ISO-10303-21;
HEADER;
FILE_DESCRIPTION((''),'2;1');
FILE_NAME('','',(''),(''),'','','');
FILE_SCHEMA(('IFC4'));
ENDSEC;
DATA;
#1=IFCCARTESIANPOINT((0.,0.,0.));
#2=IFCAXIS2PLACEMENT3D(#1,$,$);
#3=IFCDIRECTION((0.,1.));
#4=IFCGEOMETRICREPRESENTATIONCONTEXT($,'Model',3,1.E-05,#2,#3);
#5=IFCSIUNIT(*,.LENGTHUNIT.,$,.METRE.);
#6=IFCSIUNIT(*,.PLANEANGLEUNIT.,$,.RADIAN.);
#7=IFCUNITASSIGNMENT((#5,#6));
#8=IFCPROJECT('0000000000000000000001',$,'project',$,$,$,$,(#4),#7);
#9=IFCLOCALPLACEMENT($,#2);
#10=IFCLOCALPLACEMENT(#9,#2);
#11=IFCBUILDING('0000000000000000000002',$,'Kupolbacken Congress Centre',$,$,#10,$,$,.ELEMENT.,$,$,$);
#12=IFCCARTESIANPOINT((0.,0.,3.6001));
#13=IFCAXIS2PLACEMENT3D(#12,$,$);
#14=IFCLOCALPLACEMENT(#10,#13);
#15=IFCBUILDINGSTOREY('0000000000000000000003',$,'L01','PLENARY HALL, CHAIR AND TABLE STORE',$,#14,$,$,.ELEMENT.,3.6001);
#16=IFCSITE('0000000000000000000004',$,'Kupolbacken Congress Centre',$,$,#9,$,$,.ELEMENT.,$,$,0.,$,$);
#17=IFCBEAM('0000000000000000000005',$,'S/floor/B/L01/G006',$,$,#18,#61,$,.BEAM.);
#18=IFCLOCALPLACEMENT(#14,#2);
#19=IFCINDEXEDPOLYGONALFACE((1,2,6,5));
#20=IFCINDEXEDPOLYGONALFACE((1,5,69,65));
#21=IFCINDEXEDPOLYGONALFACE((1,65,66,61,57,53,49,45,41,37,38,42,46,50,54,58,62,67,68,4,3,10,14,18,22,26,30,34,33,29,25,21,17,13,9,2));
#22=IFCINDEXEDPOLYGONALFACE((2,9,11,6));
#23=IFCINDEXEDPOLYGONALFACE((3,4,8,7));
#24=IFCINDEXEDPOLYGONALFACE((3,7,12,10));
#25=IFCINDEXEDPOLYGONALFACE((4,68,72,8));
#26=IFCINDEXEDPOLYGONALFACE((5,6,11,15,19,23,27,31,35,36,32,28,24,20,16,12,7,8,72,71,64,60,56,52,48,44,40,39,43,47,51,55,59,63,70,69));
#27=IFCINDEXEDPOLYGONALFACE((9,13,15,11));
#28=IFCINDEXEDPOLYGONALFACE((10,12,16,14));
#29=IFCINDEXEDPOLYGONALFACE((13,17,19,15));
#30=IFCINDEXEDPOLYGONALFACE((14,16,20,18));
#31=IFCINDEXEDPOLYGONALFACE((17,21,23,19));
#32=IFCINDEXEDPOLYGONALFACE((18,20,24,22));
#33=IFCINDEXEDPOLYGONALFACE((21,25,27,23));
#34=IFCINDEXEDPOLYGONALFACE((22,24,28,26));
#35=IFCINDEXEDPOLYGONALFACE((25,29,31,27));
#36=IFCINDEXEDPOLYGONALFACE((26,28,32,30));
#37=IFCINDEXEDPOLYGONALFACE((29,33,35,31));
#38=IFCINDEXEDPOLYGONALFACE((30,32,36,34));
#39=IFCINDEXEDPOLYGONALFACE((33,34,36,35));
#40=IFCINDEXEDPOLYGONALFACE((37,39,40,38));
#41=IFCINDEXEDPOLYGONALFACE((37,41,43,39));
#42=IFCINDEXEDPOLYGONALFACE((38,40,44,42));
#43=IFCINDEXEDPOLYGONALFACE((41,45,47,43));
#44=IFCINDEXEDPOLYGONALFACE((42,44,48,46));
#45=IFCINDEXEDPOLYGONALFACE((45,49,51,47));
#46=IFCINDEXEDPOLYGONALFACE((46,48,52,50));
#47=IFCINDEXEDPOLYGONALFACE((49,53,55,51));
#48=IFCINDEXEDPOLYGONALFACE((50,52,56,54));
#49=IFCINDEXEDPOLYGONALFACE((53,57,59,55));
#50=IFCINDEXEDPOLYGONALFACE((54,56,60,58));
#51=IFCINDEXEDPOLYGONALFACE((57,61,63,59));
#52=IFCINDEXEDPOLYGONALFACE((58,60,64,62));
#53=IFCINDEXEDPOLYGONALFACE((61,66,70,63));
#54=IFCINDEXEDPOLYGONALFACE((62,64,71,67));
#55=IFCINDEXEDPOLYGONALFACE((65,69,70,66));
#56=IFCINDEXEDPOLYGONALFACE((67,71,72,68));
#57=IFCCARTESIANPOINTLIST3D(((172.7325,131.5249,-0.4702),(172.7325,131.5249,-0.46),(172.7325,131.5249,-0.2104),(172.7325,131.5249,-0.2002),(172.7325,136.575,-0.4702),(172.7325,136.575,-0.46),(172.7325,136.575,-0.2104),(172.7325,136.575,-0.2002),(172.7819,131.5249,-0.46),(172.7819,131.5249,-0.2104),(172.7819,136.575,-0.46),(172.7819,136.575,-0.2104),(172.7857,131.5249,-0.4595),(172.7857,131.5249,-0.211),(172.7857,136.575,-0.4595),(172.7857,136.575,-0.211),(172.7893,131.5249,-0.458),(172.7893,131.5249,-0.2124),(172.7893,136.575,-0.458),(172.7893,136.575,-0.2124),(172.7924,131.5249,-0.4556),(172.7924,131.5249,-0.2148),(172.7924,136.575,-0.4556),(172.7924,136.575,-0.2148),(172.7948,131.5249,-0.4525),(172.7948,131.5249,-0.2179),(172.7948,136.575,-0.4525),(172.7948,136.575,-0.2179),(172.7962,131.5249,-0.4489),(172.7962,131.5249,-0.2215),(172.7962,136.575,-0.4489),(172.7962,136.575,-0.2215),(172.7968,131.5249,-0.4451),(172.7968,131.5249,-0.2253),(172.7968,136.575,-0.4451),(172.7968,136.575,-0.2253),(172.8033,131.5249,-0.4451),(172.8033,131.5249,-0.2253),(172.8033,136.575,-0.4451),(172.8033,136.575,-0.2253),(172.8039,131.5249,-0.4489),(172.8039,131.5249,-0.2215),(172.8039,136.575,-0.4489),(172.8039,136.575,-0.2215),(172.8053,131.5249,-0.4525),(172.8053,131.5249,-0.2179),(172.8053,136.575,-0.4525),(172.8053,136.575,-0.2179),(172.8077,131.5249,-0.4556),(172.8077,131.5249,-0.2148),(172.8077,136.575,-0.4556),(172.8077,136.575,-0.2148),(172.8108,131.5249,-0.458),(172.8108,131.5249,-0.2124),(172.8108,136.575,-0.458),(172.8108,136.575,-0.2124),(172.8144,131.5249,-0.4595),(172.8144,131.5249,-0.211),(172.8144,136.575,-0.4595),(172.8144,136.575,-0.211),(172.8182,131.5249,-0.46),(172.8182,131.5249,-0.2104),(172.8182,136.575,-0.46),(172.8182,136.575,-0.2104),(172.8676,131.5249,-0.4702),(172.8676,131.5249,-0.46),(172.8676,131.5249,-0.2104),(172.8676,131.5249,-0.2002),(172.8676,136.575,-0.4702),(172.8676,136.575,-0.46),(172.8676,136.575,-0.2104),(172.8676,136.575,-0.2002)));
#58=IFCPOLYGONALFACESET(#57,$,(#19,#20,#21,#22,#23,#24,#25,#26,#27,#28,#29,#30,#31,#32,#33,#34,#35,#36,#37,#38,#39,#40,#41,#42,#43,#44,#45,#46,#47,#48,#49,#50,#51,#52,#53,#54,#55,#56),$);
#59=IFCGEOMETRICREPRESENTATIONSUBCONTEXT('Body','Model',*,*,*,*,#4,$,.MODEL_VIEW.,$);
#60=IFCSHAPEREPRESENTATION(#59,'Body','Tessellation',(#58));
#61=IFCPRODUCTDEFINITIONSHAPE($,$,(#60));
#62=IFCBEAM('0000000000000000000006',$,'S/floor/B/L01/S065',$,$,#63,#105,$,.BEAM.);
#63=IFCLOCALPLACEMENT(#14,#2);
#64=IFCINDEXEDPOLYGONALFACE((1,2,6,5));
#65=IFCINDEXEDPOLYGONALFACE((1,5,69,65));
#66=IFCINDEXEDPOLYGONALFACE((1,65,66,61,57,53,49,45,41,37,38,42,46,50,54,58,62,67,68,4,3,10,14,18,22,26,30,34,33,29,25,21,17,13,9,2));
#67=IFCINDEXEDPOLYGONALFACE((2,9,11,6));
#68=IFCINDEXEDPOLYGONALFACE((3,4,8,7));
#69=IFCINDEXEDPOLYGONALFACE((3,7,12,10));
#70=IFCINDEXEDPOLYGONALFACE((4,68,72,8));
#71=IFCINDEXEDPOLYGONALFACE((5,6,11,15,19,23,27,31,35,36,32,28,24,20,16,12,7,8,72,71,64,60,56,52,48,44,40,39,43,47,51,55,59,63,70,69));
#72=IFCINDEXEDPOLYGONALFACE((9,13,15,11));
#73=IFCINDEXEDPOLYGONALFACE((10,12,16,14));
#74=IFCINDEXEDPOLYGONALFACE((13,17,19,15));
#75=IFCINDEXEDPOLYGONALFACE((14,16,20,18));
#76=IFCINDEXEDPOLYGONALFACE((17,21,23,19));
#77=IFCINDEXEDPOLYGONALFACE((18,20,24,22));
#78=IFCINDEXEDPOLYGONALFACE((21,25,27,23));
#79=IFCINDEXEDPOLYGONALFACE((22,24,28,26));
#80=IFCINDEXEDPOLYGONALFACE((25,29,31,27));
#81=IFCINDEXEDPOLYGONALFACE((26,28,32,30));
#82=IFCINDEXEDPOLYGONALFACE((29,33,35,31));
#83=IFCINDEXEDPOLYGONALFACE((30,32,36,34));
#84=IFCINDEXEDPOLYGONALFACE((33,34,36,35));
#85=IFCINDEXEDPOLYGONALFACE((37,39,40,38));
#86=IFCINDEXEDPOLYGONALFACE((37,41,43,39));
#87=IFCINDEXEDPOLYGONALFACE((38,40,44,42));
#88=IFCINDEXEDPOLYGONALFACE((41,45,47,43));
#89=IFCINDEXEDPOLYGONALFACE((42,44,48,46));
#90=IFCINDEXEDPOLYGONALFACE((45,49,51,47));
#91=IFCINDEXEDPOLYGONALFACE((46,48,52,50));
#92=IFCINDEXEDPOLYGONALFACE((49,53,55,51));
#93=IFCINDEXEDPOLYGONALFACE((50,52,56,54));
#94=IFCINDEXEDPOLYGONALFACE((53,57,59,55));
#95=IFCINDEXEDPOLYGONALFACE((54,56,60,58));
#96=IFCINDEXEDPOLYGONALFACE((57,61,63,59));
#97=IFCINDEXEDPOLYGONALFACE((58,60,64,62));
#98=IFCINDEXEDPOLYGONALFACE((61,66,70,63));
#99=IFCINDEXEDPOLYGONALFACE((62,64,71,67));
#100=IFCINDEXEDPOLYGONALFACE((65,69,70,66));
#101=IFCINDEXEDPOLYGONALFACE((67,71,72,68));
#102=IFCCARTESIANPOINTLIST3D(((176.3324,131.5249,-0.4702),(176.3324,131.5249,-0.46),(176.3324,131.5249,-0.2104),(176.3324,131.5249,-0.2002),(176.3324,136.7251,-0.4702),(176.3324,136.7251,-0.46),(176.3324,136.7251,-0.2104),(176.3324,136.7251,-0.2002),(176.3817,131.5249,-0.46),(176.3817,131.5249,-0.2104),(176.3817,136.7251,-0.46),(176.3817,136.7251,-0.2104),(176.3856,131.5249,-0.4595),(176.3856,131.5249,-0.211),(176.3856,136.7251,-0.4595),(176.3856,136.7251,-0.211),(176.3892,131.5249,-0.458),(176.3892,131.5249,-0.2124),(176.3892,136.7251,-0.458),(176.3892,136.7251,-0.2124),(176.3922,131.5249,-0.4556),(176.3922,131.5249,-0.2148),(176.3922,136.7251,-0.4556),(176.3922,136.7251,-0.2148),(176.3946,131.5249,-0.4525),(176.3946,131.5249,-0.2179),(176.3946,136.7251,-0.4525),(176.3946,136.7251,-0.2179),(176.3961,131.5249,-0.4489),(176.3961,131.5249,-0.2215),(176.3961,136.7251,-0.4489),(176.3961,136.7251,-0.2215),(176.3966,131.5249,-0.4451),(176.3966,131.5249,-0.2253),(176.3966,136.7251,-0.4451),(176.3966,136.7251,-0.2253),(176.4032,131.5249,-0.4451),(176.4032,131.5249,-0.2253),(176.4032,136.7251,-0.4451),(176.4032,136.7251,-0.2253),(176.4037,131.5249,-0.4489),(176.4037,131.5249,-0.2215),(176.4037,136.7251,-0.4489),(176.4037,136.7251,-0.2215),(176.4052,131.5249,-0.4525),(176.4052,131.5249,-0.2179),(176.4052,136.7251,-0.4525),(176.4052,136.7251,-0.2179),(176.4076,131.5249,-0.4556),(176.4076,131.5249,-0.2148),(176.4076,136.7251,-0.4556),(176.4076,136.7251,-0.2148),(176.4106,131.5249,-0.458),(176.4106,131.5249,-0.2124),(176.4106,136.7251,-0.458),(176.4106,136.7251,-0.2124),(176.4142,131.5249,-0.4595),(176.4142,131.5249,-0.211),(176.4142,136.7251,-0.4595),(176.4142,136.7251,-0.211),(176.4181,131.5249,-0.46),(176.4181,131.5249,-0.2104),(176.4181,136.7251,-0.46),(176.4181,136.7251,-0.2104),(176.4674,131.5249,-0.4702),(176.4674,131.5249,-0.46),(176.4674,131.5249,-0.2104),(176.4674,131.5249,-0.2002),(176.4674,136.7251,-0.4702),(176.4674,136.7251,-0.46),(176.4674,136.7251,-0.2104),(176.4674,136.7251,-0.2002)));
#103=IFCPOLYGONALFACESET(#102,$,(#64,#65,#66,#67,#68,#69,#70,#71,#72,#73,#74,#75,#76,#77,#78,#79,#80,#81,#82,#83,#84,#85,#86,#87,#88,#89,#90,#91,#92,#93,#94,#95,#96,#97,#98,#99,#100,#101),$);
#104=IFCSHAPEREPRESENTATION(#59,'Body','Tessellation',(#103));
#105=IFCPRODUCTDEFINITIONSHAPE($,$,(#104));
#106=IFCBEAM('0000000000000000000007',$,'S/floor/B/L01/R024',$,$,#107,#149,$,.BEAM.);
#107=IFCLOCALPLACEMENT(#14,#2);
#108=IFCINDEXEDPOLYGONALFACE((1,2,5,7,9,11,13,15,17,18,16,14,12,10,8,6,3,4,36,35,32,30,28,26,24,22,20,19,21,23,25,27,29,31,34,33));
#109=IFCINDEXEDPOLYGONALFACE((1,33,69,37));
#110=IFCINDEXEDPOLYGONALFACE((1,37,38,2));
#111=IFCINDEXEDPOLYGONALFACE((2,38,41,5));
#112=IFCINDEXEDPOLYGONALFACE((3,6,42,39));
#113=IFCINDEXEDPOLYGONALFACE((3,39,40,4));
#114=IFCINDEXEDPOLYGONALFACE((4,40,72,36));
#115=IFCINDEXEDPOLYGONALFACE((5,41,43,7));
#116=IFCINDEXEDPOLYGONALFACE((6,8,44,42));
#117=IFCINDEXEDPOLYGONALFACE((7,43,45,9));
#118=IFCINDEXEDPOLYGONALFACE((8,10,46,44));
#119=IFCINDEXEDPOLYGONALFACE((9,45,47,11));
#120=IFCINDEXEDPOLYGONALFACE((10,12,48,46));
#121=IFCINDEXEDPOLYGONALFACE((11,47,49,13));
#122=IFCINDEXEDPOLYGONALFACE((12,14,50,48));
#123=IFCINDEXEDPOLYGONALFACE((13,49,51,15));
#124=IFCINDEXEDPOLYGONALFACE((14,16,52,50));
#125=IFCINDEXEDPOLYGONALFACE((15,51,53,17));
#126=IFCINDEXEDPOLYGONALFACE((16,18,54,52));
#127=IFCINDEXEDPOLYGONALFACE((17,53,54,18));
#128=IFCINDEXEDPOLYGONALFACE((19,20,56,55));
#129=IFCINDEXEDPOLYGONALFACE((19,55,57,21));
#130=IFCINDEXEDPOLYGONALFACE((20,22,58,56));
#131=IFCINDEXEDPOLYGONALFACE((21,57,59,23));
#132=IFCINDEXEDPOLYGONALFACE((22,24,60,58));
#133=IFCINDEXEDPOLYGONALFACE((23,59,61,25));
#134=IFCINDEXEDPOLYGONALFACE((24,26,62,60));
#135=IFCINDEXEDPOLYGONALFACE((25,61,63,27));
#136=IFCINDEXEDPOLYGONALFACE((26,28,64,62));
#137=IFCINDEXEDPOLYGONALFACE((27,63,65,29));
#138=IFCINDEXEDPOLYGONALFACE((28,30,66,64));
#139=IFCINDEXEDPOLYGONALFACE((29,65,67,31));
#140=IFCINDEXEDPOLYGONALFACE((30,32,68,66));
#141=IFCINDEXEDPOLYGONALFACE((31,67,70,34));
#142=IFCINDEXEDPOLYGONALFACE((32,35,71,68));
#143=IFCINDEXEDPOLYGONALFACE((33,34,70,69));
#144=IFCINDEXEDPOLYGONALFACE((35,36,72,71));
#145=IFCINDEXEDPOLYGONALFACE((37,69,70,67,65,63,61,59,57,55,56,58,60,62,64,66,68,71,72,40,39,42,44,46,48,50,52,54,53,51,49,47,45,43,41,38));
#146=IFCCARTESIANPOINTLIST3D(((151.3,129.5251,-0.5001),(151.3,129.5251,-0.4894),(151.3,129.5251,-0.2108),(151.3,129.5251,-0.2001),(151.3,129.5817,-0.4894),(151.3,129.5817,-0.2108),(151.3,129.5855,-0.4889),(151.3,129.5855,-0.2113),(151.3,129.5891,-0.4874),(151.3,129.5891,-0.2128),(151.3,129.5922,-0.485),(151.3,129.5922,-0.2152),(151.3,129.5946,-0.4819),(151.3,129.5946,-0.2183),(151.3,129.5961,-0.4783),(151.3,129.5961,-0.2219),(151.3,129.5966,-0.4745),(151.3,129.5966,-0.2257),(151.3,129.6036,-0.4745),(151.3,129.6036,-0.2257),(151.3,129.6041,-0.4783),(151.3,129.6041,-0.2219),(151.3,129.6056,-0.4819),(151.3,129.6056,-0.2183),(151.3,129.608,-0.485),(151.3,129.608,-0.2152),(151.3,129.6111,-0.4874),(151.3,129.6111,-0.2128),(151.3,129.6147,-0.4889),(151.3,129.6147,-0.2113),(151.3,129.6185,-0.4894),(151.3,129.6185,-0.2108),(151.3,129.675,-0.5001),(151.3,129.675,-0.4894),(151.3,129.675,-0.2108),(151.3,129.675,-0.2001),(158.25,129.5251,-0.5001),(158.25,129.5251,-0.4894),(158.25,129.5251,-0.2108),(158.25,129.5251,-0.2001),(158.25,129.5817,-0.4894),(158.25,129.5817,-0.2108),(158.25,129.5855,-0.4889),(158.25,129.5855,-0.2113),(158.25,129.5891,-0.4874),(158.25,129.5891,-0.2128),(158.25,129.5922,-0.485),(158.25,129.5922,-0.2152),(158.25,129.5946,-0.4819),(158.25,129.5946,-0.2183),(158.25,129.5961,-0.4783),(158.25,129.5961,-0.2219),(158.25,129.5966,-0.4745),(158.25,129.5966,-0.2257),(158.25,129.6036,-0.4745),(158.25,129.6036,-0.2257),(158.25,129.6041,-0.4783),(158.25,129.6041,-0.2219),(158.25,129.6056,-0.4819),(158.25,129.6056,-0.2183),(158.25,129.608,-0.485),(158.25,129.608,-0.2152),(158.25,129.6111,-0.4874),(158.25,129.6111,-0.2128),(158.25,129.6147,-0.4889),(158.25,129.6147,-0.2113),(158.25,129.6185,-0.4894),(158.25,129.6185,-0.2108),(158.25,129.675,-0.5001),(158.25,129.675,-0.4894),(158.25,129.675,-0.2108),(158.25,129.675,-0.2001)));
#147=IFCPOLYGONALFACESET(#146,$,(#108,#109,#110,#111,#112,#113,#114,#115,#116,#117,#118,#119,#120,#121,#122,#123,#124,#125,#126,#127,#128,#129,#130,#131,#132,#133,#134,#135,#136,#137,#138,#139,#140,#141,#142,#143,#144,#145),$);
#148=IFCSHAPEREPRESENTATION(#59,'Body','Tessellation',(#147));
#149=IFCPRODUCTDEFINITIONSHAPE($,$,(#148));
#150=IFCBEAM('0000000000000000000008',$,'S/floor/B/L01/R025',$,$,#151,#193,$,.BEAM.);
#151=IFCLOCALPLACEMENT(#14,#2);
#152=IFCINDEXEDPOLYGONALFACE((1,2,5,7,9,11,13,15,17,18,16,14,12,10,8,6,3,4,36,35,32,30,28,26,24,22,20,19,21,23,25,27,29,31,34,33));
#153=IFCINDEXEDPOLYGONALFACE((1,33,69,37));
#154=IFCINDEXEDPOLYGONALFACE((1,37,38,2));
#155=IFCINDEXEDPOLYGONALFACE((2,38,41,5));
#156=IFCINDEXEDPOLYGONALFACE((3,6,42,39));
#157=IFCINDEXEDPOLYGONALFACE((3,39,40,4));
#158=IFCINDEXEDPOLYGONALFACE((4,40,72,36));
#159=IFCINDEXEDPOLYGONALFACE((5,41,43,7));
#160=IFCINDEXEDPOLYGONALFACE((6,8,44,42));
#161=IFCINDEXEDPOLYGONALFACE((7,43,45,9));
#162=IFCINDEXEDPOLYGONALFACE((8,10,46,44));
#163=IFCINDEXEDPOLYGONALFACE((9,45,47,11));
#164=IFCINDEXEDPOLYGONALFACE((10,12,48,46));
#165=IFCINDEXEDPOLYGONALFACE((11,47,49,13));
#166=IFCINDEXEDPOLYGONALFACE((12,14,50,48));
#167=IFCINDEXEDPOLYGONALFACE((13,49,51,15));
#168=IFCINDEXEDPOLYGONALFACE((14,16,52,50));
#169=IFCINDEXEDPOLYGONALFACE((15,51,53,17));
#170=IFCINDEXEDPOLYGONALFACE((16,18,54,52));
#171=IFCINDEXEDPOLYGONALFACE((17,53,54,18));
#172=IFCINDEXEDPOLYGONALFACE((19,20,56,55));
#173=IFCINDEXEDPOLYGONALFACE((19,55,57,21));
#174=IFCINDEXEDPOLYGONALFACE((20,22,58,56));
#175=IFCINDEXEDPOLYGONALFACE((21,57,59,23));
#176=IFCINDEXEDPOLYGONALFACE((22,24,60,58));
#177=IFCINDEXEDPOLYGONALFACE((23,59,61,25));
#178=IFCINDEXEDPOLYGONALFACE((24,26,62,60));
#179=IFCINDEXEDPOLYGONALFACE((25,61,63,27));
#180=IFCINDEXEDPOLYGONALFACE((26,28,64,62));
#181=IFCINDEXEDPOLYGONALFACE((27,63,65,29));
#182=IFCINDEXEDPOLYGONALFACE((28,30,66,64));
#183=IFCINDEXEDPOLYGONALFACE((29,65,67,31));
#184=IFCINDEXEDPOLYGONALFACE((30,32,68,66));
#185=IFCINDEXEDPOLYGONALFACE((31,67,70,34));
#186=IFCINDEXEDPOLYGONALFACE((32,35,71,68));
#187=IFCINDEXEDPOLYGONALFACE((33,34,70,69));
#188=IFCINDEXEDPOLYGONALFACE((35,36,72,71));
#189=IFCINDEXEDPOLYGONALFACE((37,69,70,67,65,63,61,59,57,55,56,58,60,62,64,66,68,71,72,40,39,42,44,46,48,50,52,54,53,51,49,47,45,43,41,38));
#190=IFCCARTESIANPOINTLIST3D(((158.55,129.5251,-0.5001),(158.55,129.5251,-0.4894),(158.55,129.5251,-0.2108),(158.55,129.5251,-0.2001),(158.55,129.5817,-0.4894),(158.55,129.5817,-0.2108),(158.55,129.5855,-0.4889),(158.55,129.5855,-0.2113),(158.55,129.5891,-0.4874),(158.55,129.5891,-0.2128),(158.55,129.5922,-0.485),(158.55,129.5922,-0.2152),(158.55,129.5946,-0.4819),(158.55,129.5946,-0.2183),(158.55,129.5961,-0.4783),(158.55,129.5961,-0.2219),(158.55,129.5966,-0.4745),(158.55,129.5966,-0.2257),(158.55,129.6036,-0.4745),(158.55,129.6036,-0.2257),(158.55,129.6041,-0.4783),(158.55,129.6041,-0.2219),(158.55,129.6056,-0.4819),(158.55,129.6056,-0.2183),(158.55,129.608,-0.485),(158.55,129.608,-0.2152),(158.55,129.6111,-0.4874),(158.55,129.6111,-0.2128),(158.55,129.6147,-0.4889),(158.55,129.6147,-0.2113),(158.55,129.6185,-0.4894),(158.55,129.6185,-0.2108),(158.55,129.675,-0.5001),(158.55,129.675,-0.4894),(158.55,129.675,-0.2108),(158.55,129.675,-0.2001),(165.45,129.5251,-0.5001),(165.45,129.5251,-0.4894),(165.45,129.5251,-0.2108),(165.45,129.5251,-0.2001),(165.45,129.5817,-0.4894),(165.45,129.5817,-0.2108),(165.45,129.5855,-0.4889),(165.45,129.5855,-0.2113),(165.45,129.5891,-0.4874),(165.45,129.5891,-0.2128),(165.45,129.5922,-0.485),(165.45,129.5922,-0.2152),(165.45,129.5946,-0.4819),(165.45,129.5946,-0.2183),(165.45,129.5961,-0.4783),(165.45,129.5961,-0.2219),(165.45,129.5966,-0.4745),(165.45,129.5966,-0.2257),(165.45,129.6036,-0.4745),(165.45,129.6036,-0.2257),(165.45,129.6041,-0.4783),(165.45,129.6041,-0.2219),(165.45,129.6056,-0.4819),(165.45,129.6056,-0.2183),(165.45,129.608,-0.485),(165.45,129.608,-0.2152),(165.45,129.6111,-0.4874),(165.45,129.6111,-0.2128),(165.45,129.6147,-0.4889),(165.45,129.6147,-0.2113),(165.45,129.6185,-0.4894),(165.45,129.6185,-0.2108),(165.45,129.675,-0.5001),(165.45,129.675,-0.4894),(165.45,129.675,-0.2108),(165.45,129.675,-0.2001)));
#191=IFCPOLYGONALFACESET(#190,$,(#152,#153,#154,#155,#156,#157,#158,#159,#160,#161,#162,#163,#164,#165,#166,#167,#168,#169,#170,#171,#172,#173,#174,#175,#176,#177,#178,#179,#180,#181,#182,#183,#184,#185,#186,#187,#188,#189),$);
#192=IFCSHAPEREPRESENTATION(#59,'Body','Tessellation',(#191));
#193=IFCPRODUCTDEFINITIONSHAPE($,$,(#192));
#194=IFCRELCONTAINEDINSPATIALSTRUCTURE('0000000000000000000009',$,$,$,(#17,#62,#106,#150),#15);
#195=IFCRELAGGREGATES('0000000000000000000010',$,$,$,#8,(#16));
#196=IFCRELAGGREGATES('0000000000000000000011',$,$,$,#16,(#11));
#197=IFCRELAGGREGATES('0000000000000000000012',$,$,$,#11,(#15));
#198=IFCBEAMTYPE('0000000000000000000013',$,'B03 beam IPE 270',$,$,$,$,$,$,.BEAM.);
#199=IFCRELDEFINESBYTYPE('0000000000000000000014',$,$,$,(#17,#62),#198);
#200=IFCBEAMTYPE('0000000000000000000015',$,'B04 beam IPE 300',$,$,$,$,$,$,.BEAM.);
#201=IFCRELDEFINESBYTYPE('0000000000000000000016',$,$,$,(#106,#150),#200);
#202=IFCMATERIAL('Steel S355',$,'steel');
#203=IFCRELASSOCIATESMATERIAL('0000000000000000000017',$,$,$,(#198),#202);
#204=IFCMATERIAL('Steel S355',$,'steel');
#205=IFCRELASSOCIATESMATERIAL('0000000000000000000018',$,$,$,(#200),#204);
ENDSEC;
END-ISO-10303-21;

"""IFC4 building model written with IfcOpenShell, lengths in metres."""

from ifc_helpers import new_model, si_unit, direction, frame, origin, origin_2d, place, context, subcontext, project, spatial, i_section, extrude, material, material_profile, profile_set, type_object, element, save


model = new_model("IFC4")

# Units and contexts
model_context = context("Model", 3, precision=1e-05, world=origin(), true_north=direction((0.0, 1.0)))
body_context = subcontext(model_context, "Body", "Model", "MODEL_VIEW")
ifc_project = project(units=[si_unit("LENGTHUNIT", "METRE"), si_unit("PLANEANGLEUNIT", "RADIAN")], contexts=[model_context])

# Site, building, storey
site_placement = place(None, origin())
site = spatial("IfcSite", under=ifc_project, at=site_placement, Name="Kupolbacken Congress Centre", CompositionType="ELEMENT", RefElevation=0.0)
building_placement = place(site_placement, origin())
building = spatial("IfcBuilding", under=site, at=building_placement, Name="Kupolbacken Congress Centre", CompositionType="ELEMENT")
storey_placement = place(building_placement, frame((0.0, 0.0, 3.6001)))
storey = spatial("IfcBuildingStorey", under=building, at=storey_placement, Name="L01", Description="PLENARY HALL, CHAIR AND TABLE STORE", CompositionType="ELEMENT", Elevation=3.6001)

# Beams
ifc_material_1 = material(Name="Steel S355", Category="steel")
ifc_material_profile_1 = material_profile(ifc_material_1, i_section(OverallWidth=0.135, OverallDepth=0.27, WebThickness=0.0066, FlangeThickness=0.0103, FilletRadius=0.0149, at=origin_2d()), Name="IPE 270")
ifc_profile_set_1 = profile_set([ifc_material_profile_1], Name="Steel S355")
beam_type_1 = type_object("IfcBeamType", Name="B03 beam IPE 270", PredefinedType="BEAM", material=ifc_profile_set_1)
beam_1_placement = place(storey_placement, frame((172.8, 131.5249, -0.3352), z_axis=(0.0, 1.0, 0.0), x_axis=(-1.0, 0.0, 0.0)))
element("IfcBeam", 1, at=beam_1_placement, inside=storey, type_object=beam_type_1, Name="S/floor/B/L01/G006", PredefinedType="BEAM", context=body_context, shape_type="SweptSolid", body=[
    extrude(i_section(OverallWidth=0.135, OverallDepth=0.27, WebThickness=0.0066, FlangeThickness=0.0103, FilletRadius=0.0149, at=origin_2d()), origin(), (0.0, 0.0, 1.0), 5.05),
])
beam_2_placement = place(storey_placement, frame((176.3999, 131.5249, -0.3352), z_axis=(0.0, 1.0, 0.0), x_axis=(-1.0, 0.0, 0.0)))
element("IfcBeam", 2, at=beam_2_placement, inside=storey, type_object=beam_type_1, Name="S/floor/B/L01/S065", PredefinedType="BEAM", context=body_context, shape_type="SweptSolid", body=[
    extrude(i_section(OverallWidth=0.135, OverallDepth=0.27, WebThickness=0.0066, FlangeThickness=0.0103, FilletRadius=0.0149, at=origin_2d()), origin(), (0.0, 0.0, 1.0), 5.2002),
])
ifc_material_2 = material(Name="Steel S355", Category="steel")
ifc_material_profile_2 = material_profile(ifc_material_2, i_section(OverallWidth=0.1499, OverallDepth=0.3, WebThickness=0.0071, FlangeThickness=0.0107, FilletRadius=0.0149, at=origin_2d()), Name="IPE 300")
ifc_profile_set_2 = profile_set([ifc_material_profile_2], Name="Steel S355")
beam_type_2 = type_object("IfcBeamType", Name="B04 beam IPE 300", PredefinedType="BEAM", material=ifc_profile_set_2)
beam_3_placement = place(storey_placement, frame((151.3, 129.6001, -0.3501), z_axis=(1.0, 0.0, 0.0), x_axis=(0.0, 1.0, 0.0)))
element("IfcBeam", 3, at=beam_3_placement, inside=storey, type_object=beam_type_2, Name="S/floor/B/L01/R024", PredefinedType="BEAM", context=body_context, shape_type="SweptSolid", body=[
    extrude(i_section(OverallWidth=0.1499, OverallDepth=0.3, WebThickness=0.0071, FlangeThickness=0.0107, FilletRadius=0.0149, at=origin_2d()), origin(), (0.0, 0.0, 1.0), 6.95),
])
beam_4_placement = place(storey_placement, frame((158.55, 129.6001, -0.3501), z_axis=(1.0, 0.0, 0.0), x_axis=(0.0, 1.0, 0.0)))
element("IfcBeam", 4, at=beam_4_placement, inside=storey, type_object=beam_type_2, Name="S/floor/B/L01/R025", PredefinedType="BEAM", context=body_context, shape_type="SweptSolid", body=[
    extrude(i_section(OverallWidth=0.1499, OverallDepth=0.3, WebThickness=0.0071, FlangeThickness=0.0107, FilletRadius=0.0149, at=origin_2d()), origin(), (0.0, 0.0, 1.0), 6.8999),
])

save(model, "model.ifc")
